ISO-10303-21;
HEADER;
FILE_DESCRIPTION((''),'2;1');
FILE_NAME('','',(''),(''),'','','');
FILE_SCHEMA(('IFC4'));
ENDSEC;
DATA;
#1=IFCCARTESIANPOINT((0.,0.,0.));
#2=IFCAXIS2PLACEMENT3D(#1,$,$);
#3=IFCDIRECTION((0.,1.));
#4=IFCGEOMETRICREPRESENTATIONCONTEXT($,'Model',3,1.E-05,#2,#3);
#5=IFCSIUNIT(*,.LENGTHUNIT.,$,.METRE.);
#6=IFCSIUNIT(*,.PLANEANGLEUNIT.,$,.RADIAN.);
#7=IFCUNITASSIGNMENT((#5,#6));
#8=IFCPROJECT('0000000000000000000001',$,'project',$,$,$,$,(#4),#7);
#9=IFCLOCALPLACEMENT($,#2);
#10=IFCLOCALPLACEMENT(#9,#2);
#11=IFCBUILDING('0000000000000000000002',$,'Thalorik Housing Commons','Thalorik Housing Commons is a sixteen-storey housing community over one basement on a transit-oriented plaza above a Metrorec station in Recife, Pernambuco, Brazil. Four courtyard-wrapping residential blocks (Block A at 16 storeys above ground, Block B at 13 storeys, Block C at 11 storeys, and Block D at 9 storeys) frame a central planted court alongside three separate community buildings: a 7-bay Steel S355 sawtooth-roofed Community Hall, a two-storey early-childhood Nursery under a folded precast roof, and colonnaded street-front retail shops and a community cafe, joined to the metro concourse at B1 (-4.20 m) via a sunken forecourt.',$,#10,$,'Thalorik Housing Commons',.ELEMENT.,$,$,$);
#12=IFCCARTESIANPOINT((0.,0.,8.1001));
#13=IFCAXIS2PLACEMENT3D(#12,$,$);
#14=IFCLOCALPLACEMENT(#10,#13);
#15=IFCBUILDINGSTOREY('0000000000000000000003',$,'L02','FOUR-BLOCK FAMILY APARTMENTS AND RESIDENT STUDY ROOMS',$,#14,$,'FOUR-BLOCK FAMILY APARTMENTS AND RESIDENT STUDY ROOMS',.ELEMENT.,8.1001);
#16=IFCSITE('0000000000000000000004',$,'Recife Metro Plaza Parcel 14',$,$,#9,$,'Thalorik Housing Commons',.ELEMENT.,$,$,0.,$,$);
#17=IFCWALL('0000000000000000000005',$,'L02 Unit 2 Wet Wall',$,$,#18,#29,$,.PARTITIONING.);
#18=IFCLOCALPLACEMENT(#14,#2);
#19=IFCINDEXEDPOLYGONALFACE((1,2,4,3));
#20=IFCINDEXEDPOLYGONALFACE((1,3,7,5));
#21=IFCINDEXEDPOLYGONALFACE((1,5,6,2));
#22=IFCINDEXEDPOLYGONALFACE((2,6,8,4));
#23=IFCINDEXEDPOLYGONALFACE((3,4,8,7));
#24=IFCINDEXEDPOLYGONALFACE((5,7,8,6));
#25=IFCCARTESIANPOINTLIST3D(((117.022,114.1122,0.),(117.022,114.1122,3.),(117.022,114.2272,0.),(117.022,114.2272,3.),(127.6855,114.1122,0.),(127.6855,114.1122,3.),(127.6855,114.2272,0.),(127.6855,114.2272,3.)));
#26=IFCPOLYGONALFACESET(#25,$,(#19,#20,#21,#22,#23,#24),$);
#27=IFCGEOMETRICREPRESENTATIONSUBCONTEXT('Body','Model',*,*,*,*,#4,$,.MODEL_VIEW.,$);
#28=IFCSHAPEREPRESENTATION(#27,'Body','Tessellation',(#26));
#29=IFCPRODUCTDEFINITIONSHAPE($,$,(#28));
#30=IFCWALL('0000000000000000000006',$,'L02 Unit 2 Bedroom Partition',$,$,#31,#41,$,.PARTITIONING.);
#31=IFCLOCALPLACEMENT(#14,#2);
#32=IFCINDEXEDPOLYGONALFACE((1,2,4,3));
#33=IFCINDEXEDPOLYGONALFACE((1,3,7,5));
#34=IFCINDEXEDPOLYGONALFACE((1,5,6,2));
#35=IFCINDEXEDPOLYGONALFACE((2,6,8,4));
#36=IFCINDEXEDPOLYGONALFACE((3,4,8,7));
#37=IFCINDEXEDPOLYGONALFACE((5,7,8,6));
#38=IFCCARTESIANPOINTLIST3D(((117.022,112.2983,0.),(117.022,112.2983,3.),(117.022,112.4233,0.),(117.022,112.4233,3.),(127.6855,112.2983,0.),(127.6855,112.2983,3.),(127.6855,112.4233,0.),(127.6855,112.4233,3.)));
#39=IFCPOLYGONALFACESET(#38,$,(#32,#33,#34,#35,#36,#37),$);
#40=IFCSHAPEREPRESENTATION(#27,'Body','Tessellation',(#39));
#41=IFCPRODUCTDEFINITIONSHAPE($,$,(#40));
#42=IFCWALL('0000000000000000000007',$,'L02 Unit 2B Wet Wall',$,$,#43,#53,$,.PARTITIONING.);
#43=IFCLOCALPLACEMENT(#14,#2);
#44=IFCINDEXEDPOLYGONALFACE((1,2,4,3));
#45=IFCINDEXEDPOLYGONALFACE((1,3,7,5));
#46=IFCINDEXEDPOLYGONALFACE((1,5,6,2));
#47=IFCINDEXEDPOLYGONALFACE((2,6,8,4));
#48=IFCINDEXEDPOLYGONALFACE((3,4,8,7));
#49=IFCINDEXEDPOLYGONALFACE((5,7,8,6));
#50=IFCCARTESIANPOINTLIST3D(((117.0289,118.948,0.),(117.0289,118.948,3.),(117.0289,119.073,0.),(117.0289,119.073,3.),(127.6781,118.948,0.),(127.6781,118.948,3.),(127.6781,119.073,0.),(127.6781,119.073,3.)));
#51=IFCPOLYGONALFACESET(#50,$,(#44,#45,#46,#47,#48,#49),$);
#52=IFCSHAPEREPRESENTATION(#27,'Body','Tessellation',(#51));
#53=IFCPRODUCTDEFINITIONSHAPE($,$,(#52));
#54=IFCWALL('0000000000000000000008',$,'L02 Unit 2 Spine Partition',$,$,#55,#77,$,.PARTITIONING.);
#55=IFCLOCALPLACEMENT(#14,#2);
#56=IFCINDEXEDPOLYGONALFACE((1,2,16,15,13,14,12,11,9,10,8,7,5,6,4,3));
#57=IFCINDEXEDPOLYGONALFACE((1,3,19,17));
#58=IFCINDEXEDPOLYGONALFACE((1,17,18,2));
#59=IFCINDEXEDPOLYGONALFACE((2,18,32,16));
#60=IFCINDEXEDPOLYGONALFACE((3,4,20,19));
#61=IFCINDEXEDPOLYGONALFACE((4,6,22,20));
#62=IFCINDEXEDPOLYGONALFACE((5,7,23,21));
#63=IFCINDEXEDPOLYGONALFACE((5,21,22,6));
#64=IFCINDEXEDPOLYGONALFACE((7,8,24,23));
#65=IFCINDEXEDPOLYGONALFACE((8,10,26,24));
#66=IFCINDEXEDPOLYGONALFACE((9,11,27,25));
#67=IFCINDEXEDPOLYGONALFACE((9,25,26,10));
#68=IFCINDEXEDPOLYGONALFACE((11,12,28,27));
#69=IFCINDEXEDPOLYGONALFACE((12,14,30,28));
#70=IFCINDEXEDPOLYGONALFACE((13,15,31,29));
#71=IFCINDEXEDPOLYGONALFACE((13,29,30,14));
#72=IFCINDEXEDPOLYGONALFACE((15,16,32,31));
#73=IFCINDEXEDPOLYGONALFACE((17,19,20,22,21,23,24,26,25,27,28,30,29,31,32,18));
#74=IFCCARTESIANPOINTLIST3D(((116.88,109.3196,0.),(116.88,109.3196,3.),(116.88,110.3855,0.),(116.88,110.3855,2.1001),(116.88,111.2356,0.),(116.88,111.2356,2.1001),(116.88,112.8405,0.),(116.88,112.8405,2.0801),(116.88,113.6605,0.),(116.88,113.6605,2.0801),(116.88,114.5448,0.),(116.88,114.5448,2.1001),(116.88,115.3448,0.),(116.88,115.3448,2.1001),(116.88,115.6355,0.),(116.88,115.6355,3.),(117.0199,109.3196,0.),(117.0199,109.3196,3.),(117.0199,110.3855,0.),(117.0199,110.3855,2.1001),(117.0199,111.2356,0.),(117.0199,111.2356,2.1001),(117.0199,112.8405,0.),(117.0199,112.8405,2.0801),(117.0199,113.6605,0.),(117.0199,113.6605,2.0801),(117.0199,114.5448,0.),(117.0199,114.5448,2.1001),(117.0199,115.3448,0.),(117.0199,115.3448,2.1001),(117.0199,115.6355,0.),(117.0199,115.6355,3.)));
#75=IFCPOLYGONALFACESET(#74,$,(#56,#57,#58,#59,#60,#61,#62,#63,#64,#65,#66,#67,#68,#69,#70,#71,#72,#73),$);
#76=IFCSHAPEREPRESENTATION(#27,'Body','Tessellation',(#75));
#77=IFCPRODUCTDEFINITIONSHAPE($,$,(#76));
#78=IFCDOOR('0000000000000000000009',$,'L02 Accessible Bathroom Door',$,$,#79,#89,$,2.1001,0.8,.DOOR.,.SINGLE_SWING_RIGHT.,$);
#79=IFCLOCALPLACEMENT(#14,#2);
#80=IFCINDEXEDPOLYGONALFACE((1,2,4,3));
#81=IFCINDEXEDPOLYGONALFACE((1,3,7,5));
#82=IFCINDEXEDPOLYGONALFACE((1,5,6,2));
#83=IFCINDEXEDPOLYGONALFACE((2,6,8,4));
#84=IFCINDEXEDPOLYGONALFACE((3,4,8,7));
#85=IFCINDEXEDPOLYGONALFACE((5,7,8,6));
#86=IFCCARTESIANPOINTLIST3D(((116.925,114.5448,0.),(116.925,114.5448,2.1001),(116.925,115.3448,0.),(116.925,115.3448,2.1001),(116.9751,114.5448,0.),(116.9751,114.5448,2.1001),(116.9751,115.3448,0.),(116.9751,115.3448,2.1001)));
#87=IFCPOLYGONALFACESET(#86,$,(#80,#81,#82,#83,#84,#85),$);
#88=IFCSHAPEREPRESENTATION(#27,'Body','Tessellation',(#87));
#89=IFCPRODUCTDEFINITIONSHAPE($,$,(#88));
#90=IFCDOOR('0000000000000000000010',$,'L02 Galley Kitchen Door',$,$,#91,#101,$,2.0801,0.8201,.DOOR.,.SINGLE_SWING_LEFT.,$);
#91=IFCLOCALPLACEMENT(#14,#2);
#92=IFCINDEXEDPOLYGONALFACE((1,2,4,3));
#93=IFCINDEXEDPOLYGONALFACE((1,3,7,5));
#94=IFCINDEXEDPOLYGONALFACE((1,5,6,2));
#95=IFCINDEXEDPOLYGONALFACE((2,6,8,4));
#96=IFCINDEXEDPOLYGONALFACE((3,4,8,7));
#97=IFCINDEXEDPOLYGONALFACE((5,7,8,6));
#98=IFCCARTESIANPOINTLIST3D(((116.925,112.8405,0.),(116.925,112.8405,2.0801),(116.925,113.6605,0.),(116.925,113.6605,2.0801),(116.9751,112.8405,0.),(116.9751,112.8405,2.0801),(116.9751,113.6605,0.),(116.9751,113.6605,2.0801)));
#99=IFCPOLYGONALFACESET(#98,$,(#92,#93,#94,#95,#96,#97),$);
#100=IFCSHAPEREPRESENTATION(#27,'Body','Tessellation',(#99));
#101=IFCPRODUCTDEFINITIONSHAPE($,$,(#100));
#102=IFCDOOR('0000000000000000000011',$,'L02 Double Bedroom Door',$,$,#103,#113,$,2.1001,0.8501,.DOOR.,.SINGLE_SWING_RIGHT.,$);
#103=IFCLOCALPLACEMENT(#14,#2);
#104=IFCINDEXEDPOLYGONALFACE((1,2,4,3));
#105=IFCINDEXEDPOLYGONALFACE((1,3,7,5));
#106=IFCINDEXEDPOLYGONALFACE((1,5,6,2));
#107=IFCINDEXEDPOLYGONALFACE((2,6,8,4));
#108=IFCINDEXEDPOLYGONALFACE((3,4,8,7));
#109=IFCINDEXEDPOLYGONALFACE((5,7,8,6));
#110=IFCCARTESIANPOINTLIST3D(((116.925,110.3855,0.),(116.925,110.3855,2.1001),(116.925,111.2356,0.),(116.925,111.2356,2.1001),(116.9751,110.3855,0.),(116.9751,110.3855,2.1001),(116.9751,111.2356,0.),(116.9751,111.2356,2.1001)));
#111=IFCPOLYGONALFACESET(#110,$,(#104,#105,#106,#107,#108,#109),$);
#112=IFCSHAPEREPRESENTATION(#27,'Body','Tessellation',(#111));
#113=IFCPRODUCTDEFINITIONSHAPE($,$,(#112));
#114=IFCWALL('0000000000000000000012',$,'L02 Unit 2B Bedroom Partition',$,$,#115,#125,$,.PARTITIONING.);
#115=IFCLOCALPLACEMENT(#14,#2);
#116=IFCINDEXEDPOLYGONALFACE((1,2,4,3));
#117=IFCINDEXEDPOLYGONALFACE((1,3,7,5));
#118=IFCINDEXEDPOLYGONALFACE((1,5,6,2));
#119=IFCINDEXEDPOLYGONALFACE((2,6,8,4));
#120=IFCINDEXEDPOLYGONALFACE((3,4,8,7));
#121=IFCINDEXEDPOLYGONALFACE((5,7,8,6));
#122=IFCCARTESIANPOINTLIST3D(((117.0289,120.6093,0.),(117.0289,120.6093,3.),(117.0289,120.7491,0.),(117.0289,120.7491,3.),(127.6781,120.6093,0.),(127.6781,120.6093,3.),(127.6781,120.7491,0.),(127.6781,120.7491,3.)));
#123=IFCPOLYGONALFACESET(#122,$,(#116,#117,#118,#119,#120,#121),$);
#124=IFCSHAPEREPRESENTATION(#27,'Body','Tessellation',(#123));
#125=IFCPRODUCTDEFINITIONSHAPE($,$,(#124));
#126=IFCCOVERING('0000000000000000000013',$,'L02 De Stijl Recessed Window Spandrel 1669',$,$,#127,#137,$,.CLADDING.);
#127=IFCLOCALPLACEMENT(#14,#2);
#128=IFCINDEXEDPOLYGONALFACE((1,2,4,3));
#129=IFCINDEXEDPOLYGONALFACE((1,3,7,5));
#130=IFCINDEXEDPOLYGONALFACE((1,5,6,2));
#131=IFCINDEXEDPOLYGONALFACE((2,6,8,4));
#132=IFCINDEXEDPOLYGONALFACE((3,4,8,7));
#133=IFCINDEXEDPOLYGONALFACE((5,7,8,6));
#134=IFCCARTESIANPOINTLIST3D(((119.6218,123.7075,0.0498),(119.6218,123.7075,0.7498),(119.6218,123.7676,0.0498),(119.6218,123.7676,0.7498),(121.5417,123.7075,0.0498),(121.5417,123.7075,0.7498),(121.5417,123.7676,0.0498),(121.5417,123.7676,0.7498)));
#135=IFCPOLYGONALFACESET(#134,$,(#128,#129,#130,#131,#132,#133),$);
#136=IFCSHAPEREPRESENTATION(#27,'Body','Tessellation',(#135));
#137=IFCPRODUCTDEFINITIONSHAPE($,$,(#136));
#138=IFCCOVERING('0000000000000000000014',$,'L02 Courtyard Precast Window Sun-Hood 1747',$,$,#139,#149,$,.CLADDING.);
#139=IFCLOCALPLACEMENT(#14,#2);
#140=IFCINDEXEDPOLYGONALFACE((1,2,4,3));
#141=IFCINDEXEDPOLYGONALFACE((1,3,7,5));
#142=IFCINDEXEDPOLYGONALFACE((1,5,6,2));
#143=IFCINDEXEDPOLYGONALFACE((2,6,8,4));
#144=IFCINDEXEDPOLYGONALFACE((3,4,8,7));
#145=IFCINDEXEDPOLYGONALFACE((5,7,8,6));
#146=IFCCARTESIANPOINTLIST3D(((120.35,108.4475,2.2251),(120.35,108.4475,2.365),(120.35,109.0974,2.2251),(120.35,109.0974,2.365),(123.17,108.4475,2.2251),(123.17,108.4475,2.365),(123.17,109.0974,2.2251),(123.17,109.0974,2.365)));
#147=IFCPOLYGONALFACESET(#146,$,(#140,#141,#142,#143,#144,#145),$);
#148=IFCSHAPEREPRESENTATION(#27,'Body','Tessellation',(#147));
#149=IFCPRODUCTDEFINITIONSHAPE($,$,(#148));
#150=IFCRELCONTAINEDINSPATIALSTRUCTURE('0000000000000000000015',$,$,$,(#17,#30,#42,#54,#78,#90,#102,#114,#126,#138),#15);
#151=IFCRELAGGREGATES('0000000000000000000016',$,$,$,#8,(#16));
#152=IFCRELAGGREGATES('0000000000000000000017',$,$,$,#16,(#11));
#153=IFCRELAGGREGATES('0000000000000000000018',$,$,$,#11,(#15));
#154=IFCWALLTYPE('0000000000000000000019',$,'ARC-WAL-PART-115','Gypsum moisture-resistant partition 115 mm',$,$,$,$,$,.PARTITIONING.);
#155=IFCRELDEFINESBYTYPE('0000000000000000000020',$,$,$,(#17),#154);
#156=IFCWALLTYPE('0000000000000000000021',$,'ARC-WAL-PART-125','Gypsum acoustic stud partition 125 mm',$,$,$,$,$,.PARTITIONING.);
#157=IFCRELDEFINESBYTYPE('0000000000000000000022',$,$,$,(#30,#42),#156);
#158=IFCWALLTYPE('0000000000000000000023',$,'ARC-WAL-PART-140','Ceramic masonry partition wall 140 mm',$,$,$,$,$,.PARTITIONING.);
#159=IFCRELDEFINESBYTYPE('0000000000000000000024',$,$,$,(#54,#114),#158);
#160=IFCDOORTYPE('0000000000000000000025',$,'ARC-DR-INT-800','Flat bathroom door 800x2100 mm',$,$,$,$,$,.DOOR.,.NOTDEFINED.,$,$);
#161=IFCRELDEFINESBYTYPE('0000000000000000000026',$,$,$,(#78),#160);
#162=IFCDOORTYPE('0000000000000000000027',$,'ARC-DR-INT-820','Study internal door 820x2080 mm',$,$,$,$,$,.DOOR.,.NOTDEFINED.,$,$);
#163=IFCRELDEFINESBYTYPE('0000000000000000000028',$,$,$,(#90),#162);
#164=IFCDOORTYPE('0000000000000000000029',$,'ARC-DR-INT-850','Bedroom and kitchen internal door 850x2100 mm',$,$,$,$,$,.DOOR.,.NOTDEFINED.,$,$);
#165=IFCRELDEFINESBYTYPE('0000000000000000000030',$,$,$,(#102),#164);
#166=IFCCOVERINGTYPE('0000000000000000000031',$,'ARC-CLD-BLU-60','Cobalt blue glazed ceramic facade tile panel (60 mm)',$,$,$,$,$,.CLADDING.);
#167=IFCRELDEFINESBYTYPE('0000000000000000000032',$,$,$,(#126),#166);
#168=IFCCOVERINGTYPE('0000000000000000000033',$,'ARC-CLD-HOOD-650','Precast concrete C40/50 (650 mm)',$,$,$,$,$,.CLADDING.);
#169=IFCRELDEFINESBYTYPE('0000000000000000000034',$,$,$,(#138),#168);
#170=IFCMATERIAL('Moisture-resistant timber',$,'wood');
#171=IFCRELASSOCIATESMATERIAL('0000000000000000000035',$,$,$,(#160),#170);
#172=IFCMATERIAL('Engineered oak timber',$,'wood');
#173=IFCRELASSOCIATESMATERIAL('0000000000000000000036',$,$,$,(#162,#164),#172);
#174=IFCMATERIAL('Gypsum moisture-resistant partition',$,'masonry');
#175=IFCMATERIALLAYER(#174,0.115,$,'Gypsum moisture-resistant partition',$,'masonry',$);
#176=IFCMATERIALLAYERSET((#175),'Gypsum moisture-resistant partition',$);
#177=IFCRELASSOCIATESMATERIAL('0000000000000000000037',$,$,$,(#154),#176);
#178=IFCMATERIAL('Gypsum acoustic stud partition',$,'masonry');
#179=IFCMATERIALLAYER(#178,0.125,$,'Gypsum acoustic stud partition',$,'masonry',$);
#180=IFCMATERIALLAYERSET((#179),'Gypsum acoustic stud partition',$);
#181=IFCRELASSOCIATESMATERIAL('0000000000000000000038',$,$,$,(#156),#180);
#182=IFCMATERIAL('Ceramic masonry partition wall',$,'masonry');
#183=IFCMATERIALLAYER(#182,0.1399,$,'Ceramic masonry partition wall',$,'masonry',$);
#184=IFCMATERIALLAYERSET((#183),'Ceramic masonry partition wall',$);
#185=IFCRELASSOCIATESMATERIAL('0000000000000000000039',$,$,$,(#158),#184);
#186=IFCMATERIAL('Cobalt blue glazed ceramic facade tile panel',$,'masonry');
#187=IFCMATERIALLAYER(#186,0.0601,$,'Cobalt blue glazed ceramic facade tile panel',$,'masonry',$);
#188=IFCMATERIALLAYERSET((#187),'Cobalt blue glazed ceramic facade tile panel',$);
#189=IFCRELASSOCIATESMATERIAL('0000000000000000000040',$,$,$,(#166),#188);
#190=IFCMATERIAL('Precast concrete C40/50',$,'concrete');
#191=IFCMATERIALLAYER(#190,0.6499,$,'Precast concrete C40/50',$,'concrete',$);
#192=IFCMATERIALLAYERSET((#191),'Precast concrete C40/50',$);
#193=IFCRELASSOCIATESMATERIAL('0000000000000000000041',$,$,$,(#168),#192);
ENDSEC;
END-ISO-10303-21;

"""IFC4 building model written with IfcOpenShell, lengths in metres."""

from ifc_helpers import new_model, si_unit, direction, frame, frame_2d, origin, origin_2d, place, context, subcontext, project, spatial, rectangle, extrude, material, layer, layer_set, type_object, element, fill, save


model = new_model("IFC4")

# Units and contexts
model_context = context("Model", 3, precision=1e-05, world=origin(), true_north=direction((0.0, 1.0)))
body_context = subcontext(model_context, "Body", "Model", "MODEL_VIEW")
ifc_project = project(units=[si_unit("LENGTHUNIT", "METRE"), si_unit("PLANEANGLEUNIT", "RADIAN")], contexts=[model_context])

# Site, building, storey
site_placement = place(None, origin())
site = spatial("IfcSite", under=ifc_project, at=site_placement, Name="Recife Metro Plaza Parcel 14", LongName="Thalorik Housing Commons", CompositionType="ELEMENT", RefElevation=0.0)
building_placement = place(site_placement, origin())
building = spatial("IfcBuilding", under=site, at=building_placement, Name="Thalorik Housing Commons", Description="Thalorik Housing Commons is a sixteen-storey housing community over one basement on a transit-oriented plaza above a Metrorec station in Recife, Pernambuco, Brazil. Four courtyard-wrapping residential blocks (Block A at 16 storeys above ground, Block B at 13 storeys, Block C at 11 storeys, and Block D at 9 storeys) frame a central planted court alongside three separate community buildings: a 7-bay Steel S355 sawtooth-roofed Community Hall, a two-storey early-childhood Nursery under a folded precast roof, and colonnaded street-front retail shops and a community cafe, joined to the metro concourse at B1 (-4.20 m) via a sunken forecourt.", LongName="Thalorik Housing Commons", CompositionType="ELEMENT")
storey_placement = place(building_placement, frame((0.0, 0.0, 8.1001)))
storey = spatial("IfcBuildingStorey", under=building, at=storey_placement, Name="L02", Description="FOUR-BLOCK FAMILY APARTMENTS AND RESIDENT STUDY ROOMS", LongName="FOUR-BLOCK FAMILY APARTMENTS AND RESIDENT STUDY ROOMS", CompositionType="ELEMENT", Elevation=8.1001)

# Shared definitions
ifc_material_1 = material(Name="Precast concrete C40/50", Category="concrete")

# Shared definitions
ifc_material_2 = material(Name="Moisture-resistant timber", Category="wood")
door_type_1 = type_object("IfcDoorType", Name="ARC-DR-INT-800", Description="Flat bathroom door 800x2100 mm", OperationType="NOTDEFINED", PredefinedType="DOOR", material=ifc_material_2)
ifc_material_3 = material(Name="Engineered oak timber", Category="wood")
door_type_2 = type_object("IfcDoorType", Name="ARC-DR-INT-820", Description="Study internal door 820x2080 mm", OperationType="NOTDEFINED", PredefinedType="DOOR", material=ifc_material_3)
door_type_3 = type_object("IfcDoorType", Name="ARC-DR-INT-850", Description="Bedroom and kitchen internal door 850x2100 mm", OperationType="NOTDEFINED", PredefinedType="DOOR", material=ifc_material_3)

# Walls
ifc_material_4 = material(Name="Gypsum moisture-resistant partition", Category="masonry")
ifc_layer_1 = layer(ifc_material_4, 0.115, Name="Gypsum moisture-resistant partition", Category="masonry")
ifc_layer_set_1 = layer_set([ifc_layer_1], Name="Gypsum moisture-resistant partition")
wall_type_1 = type_object("IfcWallType", Name="ARC-WAL-PART-115", Description="Gypsum moisture-resistant partition 115 mm", PredefinedType="PARTITIONING", material=ifc_layer_set_1)
wall_1_placement = place(storey_placement, frame((117.022, 114.1697, 0.0), z_axis=(0.0, 0.0, 1.0), x_axis=(1.0, 0.0, 0.0)))
element("IfcWall", 1, at=wall_1_placement, inside=storey, type_object=wall_type_1, Name="L02 Unit 2 Wet Wall", PredefinedType="PARTITIONING", context=body_context, shape_type="SweptSolid", body=[
    extrude(rectangle(XDim=10.6636, YDim=0.115, at=frame_2d((5.3318, 0.0))), origin(), (0.0, 0.0, 1.0), 3.0),
])
ifc_material_5 = material(Name="Gypsum acoustic stud partition", Category="masonry")
ifc_layer_2 = layer(ifc_material_5, 0.125, Name="Gypsum acoustic stud partition", Category="masonry")
ifc_layer_set_2 = layer_set([ifc_layer_2], Name="Gypsum acoustic stud partition")
wall_type_2 = type_object("IfcWallType", Name="ARC-WAL-PART-125", Description="Gypsum acoustic stud partition 125 mm", PredefinedType="PARTITIONING", material=ifc_layer_set_2)
wall_2_placement = place(storey_placement, frame((117.022, 112.3608, 0.0), z_axis=(0.0, 0.0, 1.0), x_axis=(1.0, 0.0, 0.0)))
element("IfcWall", 2, at=wall_2_placement, inside=storey, type_object=wall_type_2, Name="L02 Unit 2 Bedroom Partition", PredefinedType="PARTITIONING", context=body_context, shape_type="SweptSolid", body=[
    extrude(rectangle(XDim=10.6636, YDim=0.125, at=frame_2d((5.3318, 0.0))), origin(), (0.0, 0.0, 1.0), 3.0),
])
wall_3_placement = place(storey_placement, frame((117.0288, 119.0105, 0.0), z_axis=(0.0, 0.0, 1.0), x_axis=(1.0, 0.0, 0.0)))
element("IfcWall", 3, at=wall_3_placement, inside=storey, type_object=wall_type_2, Name="L02 Unit 2B Wet Wall", PredefinedType="PARTITIONING", context=body_context, shape_type="SweptSolid", body=[
    extrude(rectangle(XDim=10.6492, YDim=0.125, at=frame_2d((5.3247, 0.0))), origin(), (0.0, 0.0, 1.0), 3.0),
])

# Wall, openings, doors
ifc_material_6 = material(Name="Ceramic masonry partition wall", Category="masonry")
ifc_layer_3 = layer(ifc_material_6, 0.1399, Name="Ceramic masonry partition wall", Category="masonry")
ifc_layer_set_3 = layer_set([ifc_layer_3], Name="Ceramic masonry partition wall")
wall_type_3 = type_object("IfcWallType", Name="ARC-WAL-PART-140", Description="Ceramic masonry partition wall 140 mm", PredefinedType="PARTITIONING", material=ifc_layer_set_3)
wall_4_placement = place(storey_placement, frame((116.95, 109.3196, 0.0), z_axis=(0.0, 0.0, 1.0), x_axis=(0.0, 1.0, 0.0)))
wall_4 = element("IfcWall", 4, at=wall_4_placement, inside=storey, type_object=wall_type_3, Name="L02 Unit 2 Spine Partition", PredefinedType="PARTITIONING", context=body_context, shape_type="SweptSolid", body=[
    extrude(rectangle(XDim=6.3159, YDim=0.1399, at=frame_2d((3.158, 0.0))), origin(), (0.0, 0.0, 1.0), 3.0),
])
opening_1_placement = place(wall_4_placement, frame((1.0659, 0.0, 0.0)))
opening_1 = element("IfcOpeningElement", 5, at=opening_1_placement, cuts=wall_4, PredefinedType="OPENING", context=body_context, shape_type="SweptSolid", body=[
    extrude(rectangle(XDim=0.8501, YDim=2.1001, at=frame_2d((0.425, 1.05))), frame((0.0, 0.0801, 0.0), z_axis=(0.0, -1.0, 0.0), x_axis=(1.0, 0.0, 0.0)), (0.0, 0.0, 1.0), 0.1599),
])
opening_2_placement = place(wall_4_placement, frame((3.5208, 0.0, 0.0)))
opening_2 = element("IfcOpeningElement", 6, at=opening_2_placement, cuts=wall_4, PredefinedType="OPENING", context=body_context, shape_type="SweptSolid", body=[
    extrude(rectangle(XDim=0.8201, YDim=2.0801, at=frame_2d((0.4102, 1.04))), frame((0.0, 0.0801, 0.0), z_axis=(0.0, -1.0, 0.0), x_axis=(1.0, 0.0, 0.0)), (0.0, 0.0, 1.0), 0.1599),
])
opening_3_placement = place(wall_4_placement, frame((5.2253, 0.0, 0.0)))
opening_3 = element("IfcOpeningElement", 7, at=opening_3_placement, cuts=wall_4, PredefinedType="OPENING", context=body_context, shape_type="SweptSolid", body=[
    extrude(rectangle(XDim=0.8, YDim=2.1001, at=frame_2d((0.3999, 1.05))), frame((0.0, 0.0801, 0.0), z_axis=(0.0, -1.0, 0.0), x_axis=(1.0, 0.0, 0.0)), (0.0, 0.0, 1.0), 0.1599),
])
door_1_placement = place(opening_3_placement, origin())
door_1 = element("IfcDoor", 8, at=door_1_placement, inside=storey, type_object=door_type_1, Name="L02 Accessible Bathroom Door", OperationType="SINGLE_SWING_RIGHT", OverallHeight=2.1001, OverallWidth=0.8, PredefinedType="DOOR", context=body_context, shape_type="SweptSolid", body=[
    extrude(rectangle(XDim=0.8, YDim=2.1001, at=frame_2d((0.3999, 1.05))), frame((0.0, 0.0249, 0.0), z_axis=(0.0, -1.0, 0.0), x_axis=(1.0, 0.0, 0.0)), (0.0, 0.0, 1.0), 0.05),
])
fill(opening_3, door_1)
door_2_placement = place(opening_2_placement, origin())
door_2 = element("IfcDoor", 9, at=door_2_placement, inside=storey, type_object=door_type_2, Name="L02 Galley Kitchen Door", OperationType="SINGLE_SWING_LEFT", OverallHeight=2.0801, OverallWidth=0.8201, PredefinedType="DOOR", context=body_context, shape_type="SweptSolid", body=[
    extrude(rectangle(XDim=0.8201, YDim=2.0801, at=frame_2d((0.4102, 1.04))), frame((0.0, 0.0249, 0.0), z_axis=(0.0, -1.0, 0.0), x_axis=(1.0, 0.0, 0.0)), (0.0, 0.0, 1.0), 0.05),
])
fill(opening_2, door_2)
door_3_placement = place(opening_1_placement, origin())
door_3 = element("IfcDoor", 10, at=door_3_placement, inside=storey, type_object=door_type_3, Name="L02 Double Bedroom Door", OperationType="SINGLE_SWING_RIGHT", OverallHeight=2.1001, OverallWidth=0.8501, PredefinedType="DOOR", context=body_context, shape_type="SweptSolid", body=[
    extrude(rectangle(XDim=0.8501, YDim=2.1001, at=frame_2d((0.425, 1.05))), frame((0.0, 0.0249, 0.0), z_axis=(0.0, -1.0, 0.0), x_axis=(1.0, 0.0, 0.0)), (0.0, 0.0, 1.0), 0.05),
])
fill(opening_1, door_3)

# Wall
wall_5_placement = place(storey_placement, frame((117.0288, 120.6792, 0.0), z_axis=(0.0, 0.0, 1.0), x_axis=(1.0, 0.0, 0.0)))
element("IfcWall", 11, at=wall_5_placement, inside=storey, type_object=wall_type_3, Name="L02 Unit 2B Bedroom Partition", PredefinedType="PARTITIONING", context=body_context, shape_type="SweptSolid", body=[
    extrude(rectangle(XDim=10.6492, YDim=0.1399, at=frame_2d((5.3247, 0.0))), origin(), (0.0, 0.0, 1.0), 3.0),
])

# Coverings
ifc_material_7 = material(Name="Cobalt blue glazed ceramic facade tile panel", Category="masonry")
ifc_layer_4 = layer(ifc_material_7, 0.0601, Name="Cobalt blue glazed ceramic facade tile panel", Category="masonry")
ifc_layer_set_4 = layer_set([ifc_layer_4], Name="Cobalt blue glazed ceramic facade tile panel")
covering_type_1 = type_object("IfcCoveringType", Name="ARC-CLD-BLU-60", Description="Cobalt blue glazed ceramic facade tile panel (60 mm)", PredefinedType="CLADDING", material=ifc_layer_set_4)
covering_1_placement = place(storey_placement, frame((120.5818, 123.7375, 0.0498), z_axis=(0.0, 0.0, 1.0), x_axis=(-1.0, 0.0, 0.0)))
element("IfcCovering", 12, at=covering_1_placement, inside=storey, type_object=covering_type_1, Name="L02 De Stijl Recessed Window Spandrel 1669", PredefinedType="CLADDING", context=body_context, shape_type="SweptSolid", body=[
    extrude(rectangle(XDim=1.9199, YDim=0.0601, at=origin_2d()), origin(), (0.0, 0.0, 1.0), 0.7),
])
ifc_layer_5 = layer(ifc_material_1, 0.6499, Name="Precast concrete C40/50", Category="concrete")
ifc_layer_set_5 = layer_set([ifc_layer_5], Name="Precast concrete C40/50")
covering_type_2 = type_object("IfcCoveringType", Name="ARC-CLD-HOOD-650", Description="Precast concrete C40/50 (650 mm)", PredefinedType="CLADDING", material=ifc_layer_set_5)
covering_2_placement = place(storey_placement, frame((121.76, 108.7725, 2.2251), z_axis=(0.0, 0.0, 1.0), x_axis=(1.0, 0.0, 0.0)))
element("IfcCovering", 13, at=covering_2_placement, inside=storey, type_object=covering_type_2, Name="L02 Courtyard Precast Window Sun-Hood 1747", PredefinedType="CLADDING", context=body_context, shape_type="SweptSolid", body=[
    extrude(rectangle(XDim=2.8201, YDim=0.6499, at=origin_2d()), origin(), (0.0, 0.0, 1.0), 0.1399),
])

save(model, "model.ifc")
